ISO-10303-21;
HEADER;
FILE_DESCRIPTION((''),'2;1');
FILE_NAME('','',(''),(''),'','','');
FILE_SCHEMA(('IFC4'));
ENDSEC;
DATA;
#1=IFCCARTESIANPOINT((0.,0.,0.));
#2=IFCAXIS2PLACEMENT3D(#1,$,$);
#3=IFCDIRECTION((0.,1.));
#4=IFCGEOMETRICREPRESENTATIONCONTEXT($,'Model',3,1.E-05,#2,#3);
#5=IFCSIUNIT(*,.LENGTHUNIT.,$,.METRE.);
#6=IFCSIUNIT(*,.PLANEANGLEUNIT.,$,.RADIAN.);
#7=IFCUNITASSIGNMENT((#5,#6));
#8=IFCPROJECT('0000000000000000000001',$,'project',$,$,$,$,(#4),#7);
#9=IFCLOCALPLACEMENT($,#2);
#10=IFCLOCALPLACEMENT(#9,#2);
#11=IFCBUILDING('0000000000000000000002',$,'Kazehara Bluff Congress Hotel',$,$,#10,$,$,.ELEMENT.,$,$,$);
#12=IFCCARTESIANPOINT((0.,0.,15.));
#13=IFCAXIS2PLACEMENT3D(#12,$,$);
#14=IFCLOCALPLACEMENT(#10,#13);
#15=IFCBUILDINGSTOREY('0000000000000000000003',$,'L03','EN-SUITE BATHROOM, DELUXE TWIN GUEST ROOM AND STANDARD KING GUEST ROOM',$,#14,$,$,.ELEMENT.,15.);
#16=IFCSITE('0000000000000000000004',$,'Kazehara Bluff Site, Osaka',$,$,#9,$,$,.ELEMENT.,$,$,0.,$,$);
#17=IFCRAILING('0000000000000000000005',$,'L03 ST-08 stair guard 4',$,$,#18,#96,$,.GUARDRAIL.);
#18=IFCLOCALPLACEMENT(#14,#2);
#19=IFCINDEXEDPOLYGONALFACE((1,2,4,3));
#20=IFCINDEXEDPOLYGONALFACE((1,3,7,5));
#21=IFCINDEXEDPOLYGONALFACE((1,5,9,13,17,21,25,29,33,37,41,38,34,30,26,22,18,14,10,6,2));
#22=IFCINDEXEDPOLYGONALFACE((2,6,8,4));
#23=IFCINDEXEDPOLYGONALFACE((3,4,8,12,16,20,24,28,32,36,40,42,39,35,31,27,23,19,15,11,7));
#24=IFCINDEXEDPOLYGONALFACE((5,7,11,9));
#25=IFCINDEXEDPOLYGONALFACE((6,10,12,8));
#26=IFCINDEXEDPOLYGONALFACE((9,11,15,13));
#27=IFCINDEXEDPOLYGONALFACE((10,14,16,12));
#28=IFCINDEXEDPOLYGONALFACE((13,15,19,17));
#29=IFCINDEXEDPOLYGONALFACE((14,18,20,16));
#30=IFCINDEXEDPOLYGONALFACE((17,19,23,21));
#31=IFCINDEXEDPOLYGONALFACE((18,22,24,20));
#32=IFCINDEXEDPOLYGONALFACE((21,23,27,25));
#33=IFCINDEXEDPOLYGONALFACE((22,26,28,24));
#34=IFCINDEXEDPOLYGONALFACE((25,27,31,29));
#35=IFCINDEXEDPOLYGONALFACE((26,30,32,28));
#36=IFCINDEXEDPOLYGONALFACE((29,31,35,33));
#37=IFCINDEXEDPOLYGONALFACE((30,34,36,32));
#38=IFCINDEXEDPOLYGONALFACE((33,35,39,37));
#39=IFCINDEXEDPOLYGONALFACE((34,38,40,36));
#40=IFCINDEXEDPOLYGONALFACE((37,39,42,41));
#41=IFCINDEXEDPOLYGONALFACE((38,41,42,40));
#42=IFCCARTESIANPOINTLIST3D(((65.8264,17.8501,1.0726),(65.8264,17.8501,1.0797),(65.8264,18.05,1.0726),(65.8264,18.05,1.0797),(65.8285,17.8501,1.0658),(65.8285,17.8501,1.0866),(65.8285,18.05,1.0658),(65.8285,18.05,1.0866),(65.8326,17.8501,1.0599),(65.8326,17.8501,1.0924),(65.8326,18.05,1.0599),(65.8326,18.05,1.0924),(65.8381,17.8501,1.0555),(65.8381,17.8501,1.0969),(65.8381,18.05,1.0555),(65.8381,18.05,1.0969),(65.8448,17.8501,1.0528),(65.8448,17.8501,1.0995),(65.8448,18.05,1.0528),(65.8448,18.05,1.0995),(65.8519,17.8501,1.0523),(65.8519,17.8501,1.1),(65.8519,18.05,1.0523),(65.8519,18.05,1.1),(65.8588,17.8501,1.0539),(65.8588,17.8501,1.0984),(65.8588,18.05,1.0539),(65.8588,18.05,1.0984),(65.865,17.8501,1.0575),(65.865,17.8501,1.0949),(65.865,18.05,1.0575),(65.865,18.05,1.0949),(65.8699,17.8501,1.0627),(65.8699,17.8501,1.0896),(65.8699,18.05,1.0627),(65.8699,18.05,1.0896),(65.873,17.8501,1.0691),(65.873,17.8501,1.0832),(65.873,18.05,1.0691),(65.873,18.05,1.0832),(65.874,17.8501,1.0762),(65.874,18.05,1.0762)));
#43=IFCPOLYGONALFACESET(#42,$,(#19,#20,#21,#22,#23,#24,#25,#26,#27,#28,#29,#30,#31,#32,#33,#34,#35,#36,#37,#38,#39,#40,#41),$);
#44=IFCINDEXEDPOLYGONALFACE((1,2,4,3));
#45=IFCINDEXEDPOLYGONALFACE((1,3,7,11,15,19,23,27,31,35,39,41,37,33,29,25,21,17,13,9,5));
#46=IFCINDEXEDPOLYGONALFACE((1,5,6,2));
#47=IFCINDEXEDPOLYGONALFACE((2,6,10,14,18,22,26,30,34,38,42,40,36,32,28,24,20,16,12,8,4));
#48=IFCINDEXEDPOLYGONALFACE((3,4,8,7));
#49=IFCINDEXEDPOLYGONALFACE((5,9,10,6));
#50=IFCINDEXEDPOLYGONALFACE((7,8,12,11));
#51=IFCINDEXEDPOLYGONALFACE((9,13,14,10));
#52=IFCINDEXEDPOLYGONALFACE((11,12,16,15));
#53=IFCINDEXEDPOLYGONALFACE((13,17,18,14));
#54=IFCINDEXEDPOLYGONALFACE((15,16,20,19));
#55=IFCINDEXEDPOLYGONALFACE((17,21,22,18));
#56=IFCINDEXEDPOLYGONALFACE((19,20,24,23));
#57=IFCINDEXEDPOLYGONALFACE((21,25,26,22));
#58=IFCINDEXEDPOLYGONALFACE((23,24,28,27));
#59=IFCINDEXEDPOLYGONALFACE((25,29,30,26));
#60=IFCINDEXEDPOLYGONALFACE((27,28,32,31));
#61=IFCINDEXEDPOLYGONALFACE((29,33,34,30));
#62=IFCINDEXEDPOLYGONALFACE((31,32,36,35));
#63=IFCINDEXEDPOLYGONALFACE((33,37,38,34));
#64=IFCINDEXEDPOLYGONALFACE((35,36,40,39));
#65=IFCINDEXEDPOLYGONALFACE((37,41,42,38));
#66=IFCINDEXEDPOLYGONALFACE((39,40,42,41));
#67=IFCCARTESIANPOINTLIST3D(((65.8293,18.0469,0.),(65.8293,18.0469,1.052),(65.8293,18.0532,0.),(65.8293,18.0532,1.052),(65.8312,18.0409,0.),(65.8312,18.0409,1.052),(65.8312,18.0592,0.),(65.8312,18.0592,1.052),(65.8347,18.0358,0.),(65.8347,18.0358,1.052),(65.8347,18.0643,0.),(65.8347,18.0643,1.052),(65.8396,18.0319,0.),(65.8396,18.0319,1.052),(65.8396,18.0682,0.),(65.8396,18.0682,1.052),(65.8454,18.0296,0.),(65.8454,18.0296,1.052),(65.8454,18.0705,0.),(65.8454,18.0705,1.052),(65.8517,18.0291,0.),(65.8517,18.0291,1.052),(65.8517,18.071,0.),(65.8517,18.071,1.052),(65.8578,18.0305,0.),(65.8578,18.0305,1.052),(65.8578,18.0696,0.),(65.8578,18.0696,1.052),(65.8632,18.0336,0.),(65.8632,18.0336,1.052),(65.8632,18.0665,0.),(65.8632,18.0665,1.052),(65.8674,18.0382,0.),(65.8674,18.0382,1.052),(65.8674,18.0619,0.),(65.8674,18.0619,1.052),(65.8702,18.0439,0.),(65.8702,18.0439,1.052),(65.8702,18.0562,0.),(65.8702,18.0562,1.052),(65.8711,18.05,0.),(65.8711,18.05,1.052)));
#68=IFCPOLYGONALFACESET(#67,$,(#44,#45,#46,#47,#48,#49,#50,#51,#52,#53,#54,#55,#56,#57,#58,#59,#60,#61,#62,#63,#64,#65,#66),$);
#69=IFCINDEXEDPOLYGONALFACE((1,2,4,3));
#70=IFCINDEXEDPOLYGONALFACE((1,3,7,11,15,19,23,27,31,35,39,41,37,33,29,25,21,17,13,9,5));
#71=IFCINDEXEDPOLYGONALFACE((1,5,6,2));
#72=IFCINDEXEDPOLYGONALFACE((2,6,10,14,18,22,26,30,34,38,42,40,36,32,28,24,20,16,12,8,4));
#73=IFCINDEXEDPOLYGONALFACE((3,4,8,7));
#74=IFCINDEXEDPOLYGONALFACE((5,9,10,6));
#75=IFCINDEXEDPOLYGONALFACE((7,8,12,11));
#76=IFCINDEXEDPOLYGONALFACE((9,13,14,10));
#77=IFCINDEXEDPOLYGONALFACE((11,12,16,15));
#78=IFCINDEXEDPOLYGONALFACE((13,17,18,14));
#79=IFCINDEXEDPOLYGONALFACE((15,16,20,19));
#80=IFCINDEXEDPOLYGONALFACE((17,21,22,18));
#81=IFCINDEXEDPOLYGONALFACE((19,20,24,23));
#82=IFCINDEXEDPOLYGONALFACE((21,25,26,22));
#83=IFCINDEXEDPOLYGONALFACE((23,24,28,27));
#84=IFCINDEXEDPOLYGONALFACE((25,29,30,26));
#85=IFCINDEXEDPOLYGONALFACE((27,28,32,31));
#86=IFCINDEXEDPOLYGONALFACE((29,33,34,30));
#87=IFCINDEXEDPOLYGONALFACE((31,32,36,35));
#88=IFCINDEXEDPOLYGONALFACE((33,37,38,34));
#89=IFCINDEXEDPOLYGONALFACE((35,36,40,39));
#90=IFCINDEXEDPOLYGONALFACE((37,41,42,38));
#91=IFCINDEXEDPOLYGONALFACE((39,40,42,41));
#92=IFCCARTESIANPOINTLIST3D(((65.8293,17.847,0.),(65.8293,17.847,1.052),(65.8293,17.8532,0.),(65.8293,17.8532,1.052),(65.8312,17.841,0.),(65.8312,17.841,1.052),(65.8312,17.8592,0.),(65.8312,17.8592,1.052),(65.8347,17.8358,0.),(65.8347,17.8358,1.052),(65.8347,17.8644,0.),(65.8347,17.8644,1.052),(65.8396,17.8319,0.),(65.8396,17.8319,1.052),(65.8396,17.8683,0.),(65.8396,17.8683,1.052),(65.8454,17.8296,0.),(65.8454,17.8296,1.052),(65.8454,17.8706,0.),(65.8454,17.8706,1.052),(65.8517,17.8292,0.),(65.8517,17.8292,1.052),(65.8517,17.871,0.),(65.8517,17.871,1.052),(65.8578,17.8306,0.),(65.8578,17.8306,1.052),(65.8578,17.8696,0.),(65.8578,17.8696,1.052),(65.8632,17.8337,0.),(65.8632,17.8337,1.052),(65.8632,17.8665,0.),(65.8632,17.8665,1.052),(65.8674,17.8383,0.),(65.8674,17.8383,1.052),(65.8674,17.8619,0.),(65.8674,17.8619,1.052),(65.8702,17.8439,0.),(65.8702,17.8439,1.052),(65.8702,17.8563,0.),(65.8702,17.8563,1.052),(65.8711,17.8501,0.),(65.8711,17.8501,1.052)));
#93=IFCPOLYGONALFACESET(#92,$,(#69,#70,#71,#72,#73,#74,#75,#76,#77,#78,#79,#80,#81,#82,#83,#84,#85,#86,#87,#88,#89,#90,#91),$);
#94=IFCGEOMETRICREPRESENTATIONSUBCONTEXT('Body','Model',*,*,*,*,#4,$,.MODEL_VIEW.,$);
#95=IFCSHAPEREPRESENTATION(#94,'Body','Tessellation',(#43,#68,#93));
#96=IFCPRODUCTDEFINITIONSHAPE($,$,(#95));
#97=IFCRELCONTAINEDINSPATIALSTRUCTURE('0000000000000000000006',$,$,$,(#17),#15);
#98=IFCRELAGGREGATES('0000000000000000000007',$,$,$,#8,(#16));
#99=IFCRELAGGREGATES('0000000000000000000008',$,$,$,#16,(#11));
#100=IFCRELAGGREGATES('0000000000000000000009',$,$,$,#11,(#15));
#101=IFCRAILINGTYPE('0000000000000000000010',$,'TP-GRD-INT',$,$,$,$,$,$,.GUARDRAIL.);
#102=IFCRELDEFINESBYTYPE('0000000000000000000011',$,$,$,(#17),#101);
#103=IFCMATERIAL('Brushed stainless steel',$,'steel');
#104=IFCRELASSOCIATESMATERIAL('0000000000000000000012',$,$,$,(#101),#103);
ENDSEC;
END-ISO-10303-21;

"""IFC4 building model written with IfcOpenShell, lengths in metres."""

from ifc_helpers import new_model, si_unit, direction, frame, origin, origin_2d, place, context, subcontext, project, spatial, circle, extrude, material, type_object, element, save


model = new_model("IFC4")

# Units and contexts
model_context = context("Model", 3, precision=1e-05, world=origin(), true_north=direction((0.0, 1.0)))
body_context = subcontext(model_context, "Body", "Model", "MODEL_VIEW")
ifc_project = project(units=[si_unit("LENGTHUNIT", "METRE"), si_unit("PLANEANGLEUNIT", "RADIAN")], contexts=[model_context])

# Site, building, storey
site_placement = place(None, origin())
site = spatial("IfcSite", under=ifc_project, at=site_placement, Name="Kazehara Bluff Site, Osaka", CompositionType="ELEMENT", RefElevation=0.0)
building_placement = place(site_placement, origin())
building = spatial("IfcBuilding", under=site, at=building_placement, Name="Kazehara Bluff Congress Hotel", CompositionType="ELEMENT")
storey_placement = place(building_placement, frame((0.0, 0.0, 15.0)))
storey = spatial("IfcBuildingStorey", under=building, at=storey_placement, Name="L03", Description="EN-SUITE BATHROOM, DELUXE TWIN GUEST ROOM AND STANDARD KING GUEST ROOM", CompositionType="ELEMENT", Elevation=15.0)

# Railing
ifc_material_1 = material(Name="Brushed stainless steel", Category="steel")
railing_type_1 = type_object("IfcRailingType", Name="TP-GRD-INT", PredefinedType="GUARDRAIL", material=ifc_material_1)
railing_1_placement = place(storey_placement, frame((65.8501, 18.05, 0.0)))
element("IfcRailing", 1, at=railing_1_placement, inside=storey, type_object=railing_type_1, Name="L03 ST-08 stair guard 4", PredefinedType="GUARDRAIL", context=body_context, shape_type="SweptSolid", body=[
    extrude(circle(Radius=0.0239, at=origin_2d()), frame((0.0, 0.0, 1.0762), z_axis=(0.0, -1.0, 0.0), x_axis=(1.0, 0.0, 0.0)), (0.0, 0.0, 1.0), 0.2),
    extrude(circle(Radius=0.021, at=origin_2d()), origin(), (0.0, 0.0, 1.0), 1.052),
    extrude(circle(Radius=0.021, at=origin_2d()), frame((0.0, -0.2, 0.0)), (0.0, 0.0, 1.0), 1.052),
])

save(model, "model.ifc")
